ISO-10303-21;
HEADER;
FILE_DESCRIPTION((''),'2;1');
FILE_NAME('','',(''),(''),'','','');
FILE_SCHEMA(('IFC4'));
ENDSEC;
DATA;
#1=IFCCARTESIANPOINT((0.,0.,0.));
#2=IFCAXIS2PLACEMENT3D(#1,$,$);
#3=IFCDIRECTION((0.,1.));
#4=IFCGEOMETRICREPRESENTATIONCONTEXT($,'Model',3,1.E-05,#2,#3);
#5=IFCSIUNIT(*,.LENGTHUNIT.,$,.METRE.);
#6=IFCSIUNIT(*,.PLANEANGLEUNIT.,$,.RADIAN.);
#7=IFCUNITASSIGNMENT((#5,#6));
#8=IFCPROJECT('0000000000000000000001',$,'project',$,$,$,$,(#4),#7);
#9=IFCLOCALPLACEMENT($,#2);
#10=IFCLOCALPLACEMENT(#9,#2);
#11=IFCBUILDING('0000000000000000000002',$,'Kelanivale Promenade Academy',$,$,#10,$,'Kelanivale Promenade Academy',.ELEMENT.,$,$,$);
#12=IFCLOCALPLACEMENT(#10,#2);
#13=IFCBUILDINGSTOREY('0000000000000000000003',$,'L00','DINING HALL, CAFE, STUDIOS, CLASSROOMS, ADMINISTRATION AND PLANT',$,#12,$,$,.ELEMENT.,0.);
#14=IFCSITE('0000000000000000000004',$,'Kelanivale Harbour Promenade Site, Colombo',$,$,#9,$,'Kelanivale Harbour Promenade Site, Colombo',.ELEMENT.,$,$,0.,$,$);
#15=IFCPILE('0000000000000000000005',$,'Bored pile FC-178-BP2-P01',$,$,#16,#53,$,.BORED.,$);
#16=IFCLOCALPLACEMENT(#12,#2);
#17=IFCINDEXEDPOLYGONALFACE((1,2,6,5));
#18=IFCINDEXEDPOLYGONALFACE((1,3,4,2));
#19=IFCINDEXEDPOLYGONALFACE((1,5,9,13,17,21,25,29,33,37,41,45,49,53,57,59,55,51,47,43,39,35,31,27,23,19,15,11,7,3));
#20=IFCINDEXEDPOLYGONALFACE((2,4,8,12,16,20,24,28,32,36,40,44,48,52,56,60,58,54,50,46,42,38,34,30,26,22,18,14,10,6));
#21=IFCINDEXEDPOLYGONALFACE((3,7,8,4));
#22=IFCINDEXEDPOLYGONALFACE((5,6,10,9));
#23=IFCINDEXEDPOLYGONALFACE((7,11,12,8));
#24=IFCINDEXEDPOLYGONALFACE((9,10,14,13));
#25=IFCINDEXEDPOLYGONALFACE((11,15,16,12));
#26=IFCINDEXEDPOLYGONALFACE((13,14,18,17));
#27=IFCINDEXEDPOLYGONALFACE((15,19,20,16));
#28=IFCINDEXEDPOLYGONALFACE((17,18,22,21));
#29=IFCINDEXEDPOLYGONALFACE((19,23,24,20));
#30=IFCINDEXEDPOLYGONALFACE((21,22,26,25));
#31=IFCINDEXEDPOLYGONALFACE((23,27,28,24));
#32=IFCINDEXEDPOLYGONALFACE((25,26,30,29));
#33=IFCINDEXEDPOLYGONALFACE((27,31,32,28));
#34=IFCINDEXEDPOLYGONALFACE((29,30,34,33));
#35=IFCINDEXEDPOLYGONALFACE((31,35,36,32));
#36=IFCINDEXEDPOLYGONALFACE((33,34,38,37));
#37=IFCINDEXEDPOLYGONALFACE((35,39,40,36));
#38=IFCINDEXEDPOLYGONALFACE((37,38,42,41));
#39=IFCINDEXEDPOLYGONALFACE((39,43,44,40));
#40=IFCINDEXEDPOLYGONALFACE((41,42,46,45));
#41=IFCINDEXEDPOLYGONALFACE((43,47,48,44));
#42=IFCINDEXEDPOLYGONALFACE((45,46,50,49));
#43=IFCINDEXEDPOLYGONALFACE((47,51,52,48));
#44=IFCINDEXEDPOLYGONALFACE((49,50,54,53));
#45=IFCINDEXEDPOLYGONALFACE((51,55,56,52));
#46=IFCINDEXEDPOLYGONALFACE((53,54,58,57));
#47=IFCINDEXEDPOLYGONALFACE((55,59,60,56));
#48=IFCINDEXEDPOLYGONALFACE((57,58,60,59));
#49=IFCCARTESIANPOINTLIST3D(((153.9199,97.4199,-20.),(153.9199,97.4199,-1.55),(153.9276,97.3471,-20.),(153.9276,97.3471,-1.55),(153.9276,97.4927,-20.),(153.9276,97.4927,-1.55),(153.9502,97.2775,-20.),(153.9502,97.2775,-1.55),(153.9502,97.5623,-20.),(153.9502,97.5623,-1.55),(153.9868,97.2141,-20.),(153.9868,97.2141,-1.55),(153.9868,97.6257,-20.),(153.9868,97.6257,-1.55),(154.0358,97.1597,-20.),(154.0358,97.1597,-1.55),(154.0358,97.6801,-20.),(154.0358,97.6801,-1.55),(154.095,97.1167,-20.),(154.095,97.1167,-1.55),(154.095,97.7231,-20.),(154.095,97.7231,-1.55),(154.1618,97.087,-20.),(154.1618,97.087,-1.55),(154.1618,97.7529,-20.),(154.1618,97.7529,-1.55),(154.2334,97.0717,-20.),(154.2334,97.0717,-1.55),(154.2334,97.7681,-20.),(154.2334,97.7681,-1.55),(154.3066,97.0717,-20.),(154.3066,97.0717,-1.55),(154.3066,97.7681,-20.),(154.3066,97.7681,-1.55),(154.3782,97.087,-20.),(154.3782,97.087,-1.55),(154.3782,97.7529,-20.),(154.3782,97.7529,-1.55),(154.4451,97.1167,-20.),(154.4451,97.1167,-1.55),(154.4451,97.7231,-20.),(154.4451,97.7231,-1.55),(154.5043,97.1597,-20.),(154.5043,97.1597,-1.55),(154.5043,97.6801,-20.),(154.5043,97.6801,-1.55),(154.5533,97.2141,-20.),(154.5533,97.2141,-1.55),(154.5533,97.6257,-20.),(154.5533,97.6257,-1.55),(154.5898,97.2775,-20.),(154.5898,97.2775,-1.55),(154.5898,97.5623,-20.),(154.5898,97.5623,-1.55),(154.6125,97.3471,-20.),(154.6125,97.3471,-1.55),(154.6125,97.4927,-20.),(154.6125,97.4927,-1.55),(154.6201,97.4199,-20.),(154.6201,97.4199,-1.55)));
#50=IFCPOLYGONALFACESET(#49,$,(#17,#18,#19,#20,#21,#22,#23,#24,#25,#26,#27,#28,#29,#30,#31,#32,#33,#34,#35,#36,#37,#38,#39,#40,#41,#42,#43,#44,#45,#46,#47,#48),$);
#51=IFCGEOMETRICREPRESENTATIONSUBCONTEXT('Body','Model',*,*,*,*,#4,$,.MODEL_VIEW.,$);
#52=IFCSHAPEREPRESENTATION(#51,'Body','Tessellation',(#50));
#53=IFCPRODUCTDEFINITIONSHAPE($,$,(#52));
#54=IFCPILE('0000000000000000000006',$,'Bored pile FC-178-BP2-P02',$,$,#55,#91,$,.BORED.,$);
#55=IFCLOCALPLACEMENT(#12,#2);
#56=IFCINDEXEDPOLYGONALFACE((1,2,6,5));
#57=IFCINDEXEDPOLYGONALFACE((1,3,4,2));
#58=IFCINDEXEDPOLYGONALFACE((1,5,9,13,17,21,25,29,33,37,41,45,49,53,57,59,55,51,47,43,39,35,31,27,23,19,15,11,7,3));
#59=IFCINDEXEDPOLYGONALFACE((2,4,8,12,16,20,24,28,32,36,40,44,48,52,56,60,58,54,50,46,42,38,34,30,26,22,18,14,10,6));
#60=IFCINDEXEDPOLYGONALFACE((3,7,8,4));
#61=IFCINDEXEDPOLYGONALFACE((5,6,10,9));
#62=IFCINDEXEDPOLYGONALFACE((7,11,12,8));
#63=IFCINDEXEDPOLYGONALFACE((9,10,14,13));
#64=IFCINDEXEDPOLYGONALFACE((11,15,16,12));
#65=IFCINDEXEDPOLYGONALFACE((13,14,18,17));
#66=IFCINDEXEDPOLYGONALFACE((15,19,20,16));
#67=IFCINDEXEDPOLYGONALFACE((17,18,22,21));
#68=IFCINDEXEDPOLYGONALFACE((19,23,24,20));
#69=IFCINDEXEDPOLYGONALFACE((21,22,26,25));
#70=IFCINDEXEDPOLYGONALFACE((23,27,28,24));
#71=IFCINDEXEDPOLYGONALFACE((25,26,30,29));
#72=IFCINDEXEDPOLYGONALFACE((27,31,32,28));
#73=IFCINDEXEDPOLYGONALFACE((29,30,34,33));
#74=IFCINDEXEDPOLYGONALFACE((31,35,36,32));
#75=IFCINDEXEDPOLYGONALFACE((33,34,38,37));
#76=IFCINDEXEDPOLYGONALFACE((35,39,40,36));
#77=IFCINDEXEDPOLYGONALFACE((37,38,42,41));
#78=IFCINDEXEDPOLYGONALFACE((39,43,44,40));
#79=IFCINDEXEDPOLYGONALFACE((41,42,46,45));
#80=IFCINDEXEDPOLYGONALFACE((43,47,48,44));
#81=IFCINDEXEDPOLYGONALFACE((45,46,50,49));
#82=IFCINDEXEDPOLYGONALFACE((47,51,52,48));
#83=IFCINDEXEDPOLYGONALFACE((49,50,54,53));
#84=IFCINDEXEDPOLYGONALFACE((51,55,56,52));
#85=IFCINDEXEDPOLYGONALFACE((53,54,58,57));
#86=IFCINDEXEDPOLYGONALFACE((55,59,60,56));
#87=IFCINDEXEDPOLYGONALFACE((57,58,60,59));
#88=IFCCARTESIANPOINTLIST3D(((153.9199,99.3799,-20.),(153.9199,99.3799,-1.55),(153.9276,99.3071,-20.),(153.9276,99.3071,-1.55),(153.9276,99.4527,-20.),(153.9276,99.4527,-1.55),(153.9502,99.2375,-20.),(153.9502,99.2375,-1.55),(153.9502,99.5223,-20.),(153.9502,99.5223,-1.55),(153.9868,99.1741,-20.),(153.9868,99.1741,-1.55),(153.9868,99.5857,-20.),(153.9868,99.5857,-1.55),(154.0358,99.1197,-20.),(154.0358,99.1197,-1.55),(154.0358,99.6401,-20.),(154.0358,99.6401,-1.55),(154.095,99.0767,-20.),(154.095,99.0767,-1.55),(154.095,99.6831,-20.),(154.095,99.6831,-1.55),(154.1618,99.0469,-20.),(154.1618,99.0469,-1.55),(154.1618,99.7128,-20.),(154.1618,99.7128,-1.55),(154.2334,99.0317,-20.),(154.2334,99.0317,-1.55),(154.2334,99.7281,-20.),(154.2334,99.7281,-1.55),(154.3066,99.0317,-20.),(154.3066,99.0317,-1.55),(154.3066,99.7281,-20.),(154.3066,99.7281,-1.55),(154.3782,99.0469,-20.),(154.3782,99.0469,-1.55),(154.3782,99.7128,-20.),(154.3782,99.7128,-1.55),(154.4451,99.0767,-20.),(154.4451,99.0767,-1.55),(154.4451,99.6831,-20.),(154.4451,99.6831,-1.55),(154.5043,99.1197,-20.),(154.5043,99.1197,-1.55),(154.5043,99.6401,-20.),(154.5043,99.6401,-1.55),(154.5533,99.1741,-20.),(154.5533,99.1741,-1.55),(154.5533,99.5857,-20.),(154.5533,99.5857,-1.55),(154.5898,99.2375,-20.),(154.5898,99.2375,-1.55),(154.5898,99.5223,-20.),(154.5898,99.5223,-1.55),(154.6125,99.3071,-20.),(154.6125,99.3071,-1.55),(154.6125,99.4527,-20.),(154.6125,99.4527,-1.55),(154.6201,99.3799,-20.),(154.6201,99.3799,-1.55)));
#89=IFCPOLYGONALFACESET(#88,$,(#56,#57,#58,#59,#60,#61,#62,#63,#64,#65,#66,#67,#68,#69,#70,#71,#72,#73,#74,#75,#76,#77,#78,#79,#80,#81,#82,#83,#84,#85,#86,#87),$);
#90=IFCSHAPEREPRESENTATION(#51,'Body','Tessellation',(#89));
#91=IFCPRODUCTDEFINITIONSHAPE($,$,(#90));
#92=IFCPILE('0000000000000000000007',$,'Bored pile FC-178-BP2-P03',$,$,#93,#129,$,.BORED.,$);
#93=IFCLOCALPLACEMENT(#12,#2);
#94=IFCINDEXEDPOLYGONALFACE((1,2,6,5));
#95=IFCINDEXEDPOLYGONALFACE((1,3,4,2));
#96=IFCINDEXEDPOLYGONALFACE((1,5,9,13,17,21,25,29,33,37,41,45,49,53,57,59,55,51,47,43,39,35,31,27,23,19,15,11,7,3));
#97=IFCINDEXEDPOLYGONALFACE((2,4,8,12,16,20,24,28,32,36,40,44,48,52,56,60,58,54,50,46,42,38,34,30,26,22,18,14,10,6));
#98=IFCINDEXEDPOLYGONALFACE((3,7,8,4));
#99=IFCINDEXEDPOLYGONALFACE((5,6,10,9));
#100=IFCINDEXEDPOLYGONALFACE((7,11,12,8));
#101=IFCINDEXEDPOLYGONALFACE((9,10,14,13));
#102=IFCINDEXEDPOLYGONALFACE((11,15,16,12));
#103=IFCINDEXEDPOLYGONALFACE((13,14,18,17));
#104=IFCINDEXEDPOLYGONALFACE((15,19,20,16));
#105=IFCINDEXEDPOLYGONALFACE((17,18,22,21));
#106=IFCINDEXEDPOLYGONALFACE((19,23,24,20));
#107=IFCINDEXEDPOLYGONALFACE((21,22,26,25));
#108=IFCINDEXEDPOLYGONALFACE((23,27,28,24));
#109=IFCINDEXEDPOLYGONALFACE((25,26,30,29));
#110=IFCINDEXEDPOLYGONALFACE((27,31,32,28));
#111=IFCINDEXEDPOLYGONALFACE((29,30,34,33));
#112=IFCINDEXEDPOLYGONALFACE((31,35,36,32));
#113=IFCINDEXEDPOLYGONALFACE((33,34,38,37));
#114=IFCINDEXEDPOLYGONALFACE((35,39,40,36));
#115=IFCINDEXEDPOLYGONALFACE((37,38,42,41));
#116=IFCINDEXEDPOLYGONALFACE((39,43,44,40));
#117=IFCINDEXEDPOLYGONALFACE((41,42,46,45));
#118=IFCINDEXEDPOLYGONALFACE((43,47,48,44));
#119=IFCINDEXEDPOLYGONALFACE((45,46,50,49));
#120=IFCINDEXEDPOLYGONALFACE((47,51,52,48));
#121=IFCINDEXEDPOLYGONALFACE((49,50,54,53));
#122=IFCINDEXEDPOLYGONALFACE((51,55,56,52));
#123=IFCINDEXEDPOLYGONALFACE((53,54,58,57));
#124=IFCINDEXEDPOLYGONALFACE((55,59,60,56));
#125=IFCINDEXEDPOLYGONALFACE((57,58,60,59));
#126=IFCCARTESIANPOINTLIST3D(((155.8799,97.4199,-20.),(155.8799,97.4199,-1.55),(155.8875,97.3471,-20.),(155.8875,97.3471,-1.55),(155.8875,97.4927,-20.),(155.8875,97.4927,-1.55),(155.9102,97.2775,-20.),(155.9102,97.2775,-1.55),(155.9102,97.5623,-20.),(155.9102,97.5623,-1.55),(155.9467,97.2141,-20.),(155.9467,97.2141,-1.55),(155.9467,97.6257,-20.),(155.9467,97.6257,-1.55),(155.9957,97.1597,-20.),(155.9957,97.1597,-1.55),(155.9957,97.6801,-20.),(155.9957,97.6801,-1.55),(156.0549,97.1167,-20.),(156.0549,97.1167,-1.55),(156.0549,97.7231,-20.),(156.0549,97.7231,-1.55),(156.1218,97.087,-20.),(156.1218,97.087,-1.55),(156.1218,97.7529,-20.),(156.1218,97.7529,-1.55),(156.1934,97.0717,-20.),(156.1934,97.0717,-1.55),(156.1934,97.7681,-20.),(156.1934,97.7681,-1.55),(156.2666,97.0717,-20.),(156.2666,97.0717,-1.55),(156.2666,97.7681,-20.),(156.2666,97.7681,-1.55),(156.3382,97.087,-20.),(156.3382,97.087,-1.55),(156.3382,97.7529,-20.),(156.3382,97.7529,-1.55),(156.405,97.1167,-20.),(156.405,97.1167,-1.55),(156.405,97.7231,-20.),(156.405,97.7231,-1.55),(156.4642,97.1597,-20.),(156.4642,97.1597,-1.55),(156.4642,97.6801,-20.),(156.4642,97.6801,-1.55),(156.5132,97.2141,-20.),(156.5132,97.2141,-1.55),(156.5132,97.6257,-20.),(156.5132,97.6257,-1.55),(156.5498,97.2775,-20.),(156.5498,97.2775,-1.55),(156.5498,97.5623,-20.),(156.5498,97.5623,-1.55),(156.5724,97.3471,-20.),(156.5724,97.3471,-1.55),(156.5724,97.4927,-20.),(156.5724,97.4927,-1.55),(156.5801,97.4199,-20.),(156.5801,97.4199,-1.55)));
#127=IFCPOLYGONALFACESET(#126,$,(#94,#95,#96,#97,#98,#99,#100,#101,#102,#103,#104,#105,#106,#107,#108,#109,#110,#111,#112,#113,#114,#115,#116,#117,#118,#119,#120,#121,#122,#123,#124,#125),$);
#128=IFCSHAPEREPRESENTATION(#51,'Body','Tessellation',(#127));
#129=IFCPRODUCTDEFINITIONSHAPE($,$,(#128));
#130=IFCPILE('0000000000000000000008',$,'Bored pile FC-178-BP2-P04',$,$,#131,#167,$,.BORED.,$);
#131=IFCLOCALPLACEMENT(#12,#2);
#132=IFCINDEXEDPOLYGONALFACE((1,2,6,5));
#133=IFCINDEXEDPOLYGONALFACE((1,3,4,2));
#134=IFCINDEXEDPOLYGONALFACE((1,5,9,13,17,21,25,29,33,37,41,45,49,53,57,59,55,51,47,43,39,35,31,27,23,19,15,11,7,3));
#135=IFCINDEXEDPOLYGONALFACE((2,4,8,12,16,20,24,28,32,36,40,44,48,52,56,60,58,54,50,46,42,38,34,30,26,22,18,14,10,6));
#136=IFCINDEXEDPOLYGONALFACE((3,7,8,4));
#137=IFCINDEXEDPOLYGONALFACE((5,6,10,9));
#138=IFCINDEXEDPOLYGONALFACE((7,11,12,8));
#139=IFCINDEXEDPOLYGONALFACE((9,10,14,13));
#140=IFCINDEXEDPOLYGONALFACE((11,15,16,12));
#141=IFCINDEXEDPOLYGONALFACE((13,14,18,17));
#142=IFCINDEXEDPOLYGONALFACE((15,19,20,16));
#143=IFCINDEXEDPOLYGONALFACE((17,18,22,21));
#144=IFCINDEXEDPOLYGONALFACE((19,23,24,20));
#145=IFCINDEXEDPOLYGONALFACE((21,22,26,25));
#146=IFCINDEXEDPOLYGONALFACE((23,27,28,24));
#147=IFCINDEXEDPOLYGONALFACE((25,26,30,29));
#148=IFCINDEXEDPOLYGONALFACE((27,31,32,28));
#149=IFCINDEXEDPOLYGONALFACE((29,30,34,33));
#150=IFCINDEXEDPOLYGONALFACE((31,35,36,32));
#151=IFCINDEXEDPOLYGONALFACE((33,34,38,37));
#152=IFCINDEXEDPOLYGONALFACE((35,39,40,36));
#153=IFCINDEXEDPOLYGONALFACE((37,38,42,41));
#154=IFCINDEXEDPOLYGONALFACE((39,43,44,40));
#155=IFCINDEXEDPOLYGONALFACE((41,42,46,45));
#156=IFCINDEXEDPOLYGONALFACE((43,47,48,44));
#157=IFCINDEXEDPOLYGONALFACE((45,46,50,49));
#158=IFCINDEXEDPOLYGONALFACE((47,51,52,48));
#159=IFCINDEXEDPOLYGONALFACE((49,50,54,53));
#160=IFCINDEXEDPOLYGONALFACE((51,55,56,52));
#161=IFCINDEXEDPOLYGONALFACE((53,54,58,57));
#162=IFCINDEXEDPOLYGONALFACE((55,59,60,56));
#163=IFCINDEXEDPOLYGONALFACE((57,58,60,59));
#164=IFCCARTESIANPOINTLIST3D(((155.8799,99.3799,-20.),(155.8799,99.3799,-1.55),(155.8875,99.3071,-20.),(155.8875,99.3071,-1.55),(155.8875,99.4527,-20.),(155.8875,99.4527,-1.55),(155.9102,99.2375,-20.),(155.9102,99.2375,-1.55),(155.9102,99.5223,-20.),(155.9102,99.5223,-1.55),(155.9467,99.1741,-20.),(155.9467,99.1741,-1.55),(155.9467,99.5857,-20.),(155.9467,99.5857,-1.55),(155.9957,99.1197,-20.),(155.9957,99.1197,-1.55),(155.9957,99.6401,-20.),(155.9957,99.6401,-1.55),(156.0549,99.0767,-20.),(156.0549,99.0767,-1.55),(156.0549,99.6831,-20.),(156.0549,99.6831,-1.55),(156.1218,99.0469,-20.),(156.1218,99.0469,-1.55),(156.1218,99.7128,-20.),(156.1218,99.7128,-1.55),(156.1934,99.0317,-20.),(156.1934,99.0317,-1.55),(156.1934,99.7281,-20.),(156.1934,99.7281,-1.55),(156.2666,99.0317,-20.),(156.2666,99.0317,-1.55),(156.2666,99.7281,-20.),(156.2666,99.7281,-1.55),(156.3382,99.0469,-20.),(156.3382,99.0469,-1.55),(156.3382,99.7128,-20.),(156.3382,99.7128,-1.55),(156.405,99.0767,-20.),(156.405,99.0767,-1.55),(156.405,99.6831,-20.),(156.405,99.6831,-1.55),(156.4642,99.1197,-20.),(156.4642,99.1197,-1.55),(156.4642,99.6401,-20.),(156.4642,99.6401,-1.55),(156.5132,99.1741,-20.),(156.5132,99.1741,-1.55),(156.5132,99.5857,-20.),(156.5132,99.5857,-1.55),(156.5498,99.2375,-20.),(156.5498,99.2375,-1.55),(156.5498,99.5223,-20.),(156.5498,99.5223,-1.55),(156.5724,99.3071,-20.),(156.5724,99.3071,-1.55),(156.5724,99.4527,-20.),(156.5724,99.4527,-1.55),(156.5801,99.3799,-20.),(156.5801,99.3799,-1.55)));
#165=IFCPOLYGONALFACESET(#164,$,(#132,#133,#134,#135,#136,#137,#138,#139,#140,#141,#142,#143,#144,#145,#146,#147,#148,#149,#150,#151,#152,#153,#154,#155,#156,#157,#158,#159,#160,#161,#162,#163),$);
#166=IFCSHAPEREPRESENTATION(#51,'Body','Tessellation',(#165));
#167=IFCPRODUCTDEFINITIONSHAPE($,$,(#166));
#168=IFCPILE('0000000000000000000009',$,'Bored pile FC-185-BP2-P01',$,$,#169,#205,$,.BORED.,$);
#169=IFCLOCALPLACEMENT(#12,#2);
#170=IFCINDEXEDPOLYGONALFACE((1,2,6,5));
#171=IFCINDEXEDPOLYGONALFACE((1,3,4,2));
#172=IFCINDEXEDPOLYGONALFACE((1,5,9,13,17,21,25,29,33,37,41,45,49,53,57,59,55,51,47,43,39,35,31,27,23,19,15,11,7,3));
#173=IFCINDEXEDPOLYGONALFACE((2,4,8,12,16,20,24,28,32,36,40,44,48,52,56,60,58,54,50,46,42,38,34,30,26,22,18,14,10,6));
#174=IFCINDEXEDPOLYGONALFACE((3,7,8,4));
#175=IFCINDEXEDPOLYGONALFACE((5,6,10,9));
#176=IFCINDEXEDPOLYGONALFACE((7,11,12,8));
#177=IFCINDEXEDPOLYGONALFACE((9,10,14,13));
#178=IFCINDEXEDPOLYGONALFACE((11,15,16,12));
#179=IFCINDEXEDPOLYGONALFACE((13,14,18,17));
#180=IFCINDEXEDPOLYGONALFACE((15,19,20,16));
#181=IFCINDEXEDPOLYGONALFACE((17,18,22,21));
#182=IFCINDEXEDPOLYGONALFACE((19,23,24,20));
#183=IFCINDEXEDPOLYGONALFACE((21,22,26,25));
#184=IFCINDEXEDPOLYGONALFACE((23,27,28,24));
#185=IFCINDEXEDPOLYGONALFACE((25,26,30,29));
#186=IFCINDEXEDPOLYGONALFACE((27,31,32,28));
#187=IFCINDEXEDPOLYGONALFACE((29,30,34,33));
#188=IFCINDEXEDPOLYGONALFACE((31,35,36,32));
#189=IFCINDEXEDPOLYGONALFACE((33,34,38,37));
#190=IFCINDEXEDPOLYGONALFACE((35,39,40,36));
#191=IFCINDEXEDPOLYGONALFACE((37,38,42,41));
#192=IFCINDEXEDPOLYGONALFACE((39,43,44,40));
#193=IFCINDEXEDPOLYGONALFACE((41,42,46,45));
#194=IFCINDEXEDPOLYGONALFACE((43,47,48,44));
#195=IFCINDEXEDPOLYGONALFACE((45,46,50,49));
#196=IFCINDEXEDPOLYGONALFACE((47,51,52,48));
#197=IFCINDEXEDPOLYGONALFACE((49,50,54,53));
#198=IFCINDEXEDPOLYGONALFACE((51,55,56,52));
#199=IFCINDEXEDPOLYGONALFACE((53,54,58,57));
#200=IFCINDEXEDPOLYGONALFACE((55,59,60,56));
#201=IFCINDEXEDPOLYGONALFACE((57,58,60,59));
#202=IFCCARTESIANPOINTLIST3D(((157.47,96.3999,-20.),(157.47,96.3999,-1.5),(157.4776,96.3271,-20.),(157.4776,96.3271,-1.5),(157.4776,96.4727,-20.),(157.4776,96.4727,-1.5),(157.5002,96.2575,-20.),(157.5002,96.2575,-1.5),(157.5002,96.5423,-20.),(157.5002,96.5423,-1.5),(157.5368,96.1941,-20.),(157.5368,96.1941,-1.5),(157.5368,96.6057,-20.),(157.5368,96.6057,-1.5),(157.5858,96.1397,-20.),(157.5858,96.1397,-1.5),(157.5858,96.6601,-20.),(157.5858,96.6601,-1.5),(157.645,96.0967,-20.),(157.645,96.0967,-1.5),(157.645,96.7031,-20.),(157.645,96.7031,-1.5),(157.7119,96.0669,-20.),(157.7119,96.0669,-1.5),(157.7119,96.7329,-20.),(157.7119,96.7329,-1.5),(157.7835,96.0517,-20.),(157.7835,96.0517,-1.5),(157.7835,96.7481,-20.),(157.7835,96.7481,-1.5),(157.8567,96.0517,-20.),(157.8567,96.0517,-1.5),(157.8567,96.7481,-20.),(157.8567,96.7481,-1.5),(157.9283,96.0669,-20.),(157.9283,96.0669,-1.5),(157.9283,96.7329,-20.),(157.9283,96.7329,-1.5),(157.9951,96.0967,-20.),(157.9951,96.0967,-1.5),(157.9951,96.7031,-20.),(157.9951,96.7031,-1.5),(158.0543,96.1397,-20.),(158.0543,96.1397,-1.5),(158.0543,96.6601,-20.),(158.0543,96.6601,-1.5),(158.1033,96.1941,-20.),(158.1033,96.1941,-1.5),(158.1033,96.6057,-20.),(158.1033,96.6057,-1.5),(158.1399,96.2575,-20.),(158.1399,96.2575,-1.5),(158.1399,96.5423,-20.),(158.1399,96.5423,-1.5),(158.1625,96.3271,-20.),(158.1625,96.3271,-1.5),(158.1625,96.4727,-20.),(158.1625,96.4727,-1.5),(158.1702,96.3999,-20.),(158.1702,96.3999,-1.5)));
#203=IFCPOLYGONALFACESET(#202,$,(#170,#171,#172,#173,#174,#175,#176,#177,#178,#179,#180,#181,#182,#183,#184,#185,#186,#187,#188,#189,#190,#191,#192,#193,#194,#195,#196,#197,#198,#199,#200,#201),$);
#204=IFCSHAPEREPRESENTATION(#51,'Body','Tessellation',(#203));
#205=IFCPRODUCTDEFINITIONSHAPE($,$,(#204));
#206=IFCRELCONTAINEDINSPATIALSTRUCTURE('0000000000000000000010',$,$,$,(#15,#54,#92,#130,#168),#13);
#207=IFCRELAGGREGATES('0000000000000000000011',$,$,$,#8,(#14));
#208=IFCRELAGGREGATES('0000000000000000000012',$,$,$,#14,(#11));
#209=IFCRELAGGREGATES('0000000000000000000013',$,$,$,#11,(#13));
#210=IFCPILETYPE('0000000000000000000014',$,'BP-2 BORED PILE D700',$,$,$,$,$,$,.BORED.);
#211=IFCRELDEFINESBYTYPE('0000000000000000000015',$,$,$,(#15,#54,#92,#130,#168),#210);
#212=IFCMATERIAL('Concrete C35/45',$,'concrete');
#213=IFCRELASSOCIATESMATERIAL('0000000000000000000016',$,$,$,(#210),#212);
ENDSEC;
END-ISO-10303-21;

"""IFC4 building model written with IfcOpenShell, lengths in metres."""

from ifc_helpers import new_model, si_unit, direction, frame, origin, origin_2d, place, context, subcontext, project, spatial, circle, extrude, material, material_profile, profile_set, type_object, element, save


model = new_model("IFC4")

# Units and contexts
model_context = context("Model", 3, precision=1e-05, world=origin(), true_north=direction((0.0, 1.0)))
body_context = subcontext(model_context, "Body", "Model", "MODEL_VIEW")
ifc_project = project(units=[si_unit("LENGTHUNIT", "METRE"), si_unit("PLANEANGLEUNIT", "RADIAN")], contexts=[model_context])

# Site, building, storey
site_placement = place(None, origin())
site = spatial("IfcSite", under=ifc_project, at=site_placement, Name="Kelanivale Harbour Promenade Site, Colombo", LongName="Kelanivale Harbour Promenade Site, Colombo", CompositionType="ELEMENT", RefElevation=0.0)
building_placement = place(site_placement, origin())
building = spatial("IfcBuilding", under=site, at=building_placement, Name="Kelanivale Promenade Academy", LongName="Kelanivale Promenade Academy", CompositionType="ELEMENT")
storey_placement = place(building_placement, origin())
storey = spatial("IfcBuildingStorey", under=building, at=storey_placement, Name="L00", Description="DINING HALL, CAFE, STUDIOS, CLASSROOMS, ADMINISTRATION AND PLANT", CompositionType="ELEMENT", Elevation=0.0)

# Piles
ifc_material_1 = material(Name="Concrete C35/45", Category="concrete")
ifc_material_profile_1 = material_profile(ifc_material_1, circle(Radius=0.3501, at=origin_2d()), Name="BORED PILE D700")
ifc_profile_set_1 = profile_set([ifc_material_profile_1], Name="Concrete C35/45")
pile_type_1 = type_object("IfcPileType", Name="BP-2 BORED PILE D700", PredefinedType="BORED", material=ifc_profile_set_1)
for number, where, z_axis, x_axis, name in (
    (1, (154.27, 97.4199, -1.55), (0.0, 0.0, -1.0), (1.0, 0.0, 0.0), "Bored pile FC-178-BP2-P01"),
    (2, (154.27, 99.3799, -1.55), (0.0, 0.0, -1.0), (1.0, 0.0, 0.0), "Bored pile FC-178-BP2-P02"),
    (3, (156.23, 97.4199, -1.55), (0.0, 0.0, -1.0), (1.0, 0.0, 0.0), "Bored pile FC-178-BP2-P03"),
    (4, (156.23, 99.3799, -1.55), (0.0, 0.0, -1.0), (1.0, 0.0, 0.0), "Bored pile FC-178-BP2-P04"),
):
    element("IfcPile", number, at=place(storey_placement, frame(where, z_axis=z_axis, x_axis=x_axis)), inside=storey, type_object=pile_type_1, Name=name, PredefinedType="BORED", context=body_context, shape_type="SweptSolid", body=[
        extrude(circle(Radius=0.3501, at=origin_2d()), origin(), (0.0, 0.0, 1.0), 18.45),
    ])
for number, where, z_axis, x_axis, name in (
    (5, (157.8201, 96.3999, -1.5), (0.0, 0.0, -1.0), (1.0, 0.0, 0.0), "Bored pile FC-185-BP2-P01"),
):
    element("IfcPile", number, at=place(storey_placement, frame(where, z_axis=z_axis, x_axis=x_axis)), inside=storey, type_object=pile_type_1, Name=name, PredefinedType="BORED", context=body_context, shape_type="SweptSolid", body=[
        extrude(circle(Radius=0.3501, at=origin_2d()), origin(), (0.0, 0.0, 1.0), 18.5),
    ])

save(model, "model.ifc")
